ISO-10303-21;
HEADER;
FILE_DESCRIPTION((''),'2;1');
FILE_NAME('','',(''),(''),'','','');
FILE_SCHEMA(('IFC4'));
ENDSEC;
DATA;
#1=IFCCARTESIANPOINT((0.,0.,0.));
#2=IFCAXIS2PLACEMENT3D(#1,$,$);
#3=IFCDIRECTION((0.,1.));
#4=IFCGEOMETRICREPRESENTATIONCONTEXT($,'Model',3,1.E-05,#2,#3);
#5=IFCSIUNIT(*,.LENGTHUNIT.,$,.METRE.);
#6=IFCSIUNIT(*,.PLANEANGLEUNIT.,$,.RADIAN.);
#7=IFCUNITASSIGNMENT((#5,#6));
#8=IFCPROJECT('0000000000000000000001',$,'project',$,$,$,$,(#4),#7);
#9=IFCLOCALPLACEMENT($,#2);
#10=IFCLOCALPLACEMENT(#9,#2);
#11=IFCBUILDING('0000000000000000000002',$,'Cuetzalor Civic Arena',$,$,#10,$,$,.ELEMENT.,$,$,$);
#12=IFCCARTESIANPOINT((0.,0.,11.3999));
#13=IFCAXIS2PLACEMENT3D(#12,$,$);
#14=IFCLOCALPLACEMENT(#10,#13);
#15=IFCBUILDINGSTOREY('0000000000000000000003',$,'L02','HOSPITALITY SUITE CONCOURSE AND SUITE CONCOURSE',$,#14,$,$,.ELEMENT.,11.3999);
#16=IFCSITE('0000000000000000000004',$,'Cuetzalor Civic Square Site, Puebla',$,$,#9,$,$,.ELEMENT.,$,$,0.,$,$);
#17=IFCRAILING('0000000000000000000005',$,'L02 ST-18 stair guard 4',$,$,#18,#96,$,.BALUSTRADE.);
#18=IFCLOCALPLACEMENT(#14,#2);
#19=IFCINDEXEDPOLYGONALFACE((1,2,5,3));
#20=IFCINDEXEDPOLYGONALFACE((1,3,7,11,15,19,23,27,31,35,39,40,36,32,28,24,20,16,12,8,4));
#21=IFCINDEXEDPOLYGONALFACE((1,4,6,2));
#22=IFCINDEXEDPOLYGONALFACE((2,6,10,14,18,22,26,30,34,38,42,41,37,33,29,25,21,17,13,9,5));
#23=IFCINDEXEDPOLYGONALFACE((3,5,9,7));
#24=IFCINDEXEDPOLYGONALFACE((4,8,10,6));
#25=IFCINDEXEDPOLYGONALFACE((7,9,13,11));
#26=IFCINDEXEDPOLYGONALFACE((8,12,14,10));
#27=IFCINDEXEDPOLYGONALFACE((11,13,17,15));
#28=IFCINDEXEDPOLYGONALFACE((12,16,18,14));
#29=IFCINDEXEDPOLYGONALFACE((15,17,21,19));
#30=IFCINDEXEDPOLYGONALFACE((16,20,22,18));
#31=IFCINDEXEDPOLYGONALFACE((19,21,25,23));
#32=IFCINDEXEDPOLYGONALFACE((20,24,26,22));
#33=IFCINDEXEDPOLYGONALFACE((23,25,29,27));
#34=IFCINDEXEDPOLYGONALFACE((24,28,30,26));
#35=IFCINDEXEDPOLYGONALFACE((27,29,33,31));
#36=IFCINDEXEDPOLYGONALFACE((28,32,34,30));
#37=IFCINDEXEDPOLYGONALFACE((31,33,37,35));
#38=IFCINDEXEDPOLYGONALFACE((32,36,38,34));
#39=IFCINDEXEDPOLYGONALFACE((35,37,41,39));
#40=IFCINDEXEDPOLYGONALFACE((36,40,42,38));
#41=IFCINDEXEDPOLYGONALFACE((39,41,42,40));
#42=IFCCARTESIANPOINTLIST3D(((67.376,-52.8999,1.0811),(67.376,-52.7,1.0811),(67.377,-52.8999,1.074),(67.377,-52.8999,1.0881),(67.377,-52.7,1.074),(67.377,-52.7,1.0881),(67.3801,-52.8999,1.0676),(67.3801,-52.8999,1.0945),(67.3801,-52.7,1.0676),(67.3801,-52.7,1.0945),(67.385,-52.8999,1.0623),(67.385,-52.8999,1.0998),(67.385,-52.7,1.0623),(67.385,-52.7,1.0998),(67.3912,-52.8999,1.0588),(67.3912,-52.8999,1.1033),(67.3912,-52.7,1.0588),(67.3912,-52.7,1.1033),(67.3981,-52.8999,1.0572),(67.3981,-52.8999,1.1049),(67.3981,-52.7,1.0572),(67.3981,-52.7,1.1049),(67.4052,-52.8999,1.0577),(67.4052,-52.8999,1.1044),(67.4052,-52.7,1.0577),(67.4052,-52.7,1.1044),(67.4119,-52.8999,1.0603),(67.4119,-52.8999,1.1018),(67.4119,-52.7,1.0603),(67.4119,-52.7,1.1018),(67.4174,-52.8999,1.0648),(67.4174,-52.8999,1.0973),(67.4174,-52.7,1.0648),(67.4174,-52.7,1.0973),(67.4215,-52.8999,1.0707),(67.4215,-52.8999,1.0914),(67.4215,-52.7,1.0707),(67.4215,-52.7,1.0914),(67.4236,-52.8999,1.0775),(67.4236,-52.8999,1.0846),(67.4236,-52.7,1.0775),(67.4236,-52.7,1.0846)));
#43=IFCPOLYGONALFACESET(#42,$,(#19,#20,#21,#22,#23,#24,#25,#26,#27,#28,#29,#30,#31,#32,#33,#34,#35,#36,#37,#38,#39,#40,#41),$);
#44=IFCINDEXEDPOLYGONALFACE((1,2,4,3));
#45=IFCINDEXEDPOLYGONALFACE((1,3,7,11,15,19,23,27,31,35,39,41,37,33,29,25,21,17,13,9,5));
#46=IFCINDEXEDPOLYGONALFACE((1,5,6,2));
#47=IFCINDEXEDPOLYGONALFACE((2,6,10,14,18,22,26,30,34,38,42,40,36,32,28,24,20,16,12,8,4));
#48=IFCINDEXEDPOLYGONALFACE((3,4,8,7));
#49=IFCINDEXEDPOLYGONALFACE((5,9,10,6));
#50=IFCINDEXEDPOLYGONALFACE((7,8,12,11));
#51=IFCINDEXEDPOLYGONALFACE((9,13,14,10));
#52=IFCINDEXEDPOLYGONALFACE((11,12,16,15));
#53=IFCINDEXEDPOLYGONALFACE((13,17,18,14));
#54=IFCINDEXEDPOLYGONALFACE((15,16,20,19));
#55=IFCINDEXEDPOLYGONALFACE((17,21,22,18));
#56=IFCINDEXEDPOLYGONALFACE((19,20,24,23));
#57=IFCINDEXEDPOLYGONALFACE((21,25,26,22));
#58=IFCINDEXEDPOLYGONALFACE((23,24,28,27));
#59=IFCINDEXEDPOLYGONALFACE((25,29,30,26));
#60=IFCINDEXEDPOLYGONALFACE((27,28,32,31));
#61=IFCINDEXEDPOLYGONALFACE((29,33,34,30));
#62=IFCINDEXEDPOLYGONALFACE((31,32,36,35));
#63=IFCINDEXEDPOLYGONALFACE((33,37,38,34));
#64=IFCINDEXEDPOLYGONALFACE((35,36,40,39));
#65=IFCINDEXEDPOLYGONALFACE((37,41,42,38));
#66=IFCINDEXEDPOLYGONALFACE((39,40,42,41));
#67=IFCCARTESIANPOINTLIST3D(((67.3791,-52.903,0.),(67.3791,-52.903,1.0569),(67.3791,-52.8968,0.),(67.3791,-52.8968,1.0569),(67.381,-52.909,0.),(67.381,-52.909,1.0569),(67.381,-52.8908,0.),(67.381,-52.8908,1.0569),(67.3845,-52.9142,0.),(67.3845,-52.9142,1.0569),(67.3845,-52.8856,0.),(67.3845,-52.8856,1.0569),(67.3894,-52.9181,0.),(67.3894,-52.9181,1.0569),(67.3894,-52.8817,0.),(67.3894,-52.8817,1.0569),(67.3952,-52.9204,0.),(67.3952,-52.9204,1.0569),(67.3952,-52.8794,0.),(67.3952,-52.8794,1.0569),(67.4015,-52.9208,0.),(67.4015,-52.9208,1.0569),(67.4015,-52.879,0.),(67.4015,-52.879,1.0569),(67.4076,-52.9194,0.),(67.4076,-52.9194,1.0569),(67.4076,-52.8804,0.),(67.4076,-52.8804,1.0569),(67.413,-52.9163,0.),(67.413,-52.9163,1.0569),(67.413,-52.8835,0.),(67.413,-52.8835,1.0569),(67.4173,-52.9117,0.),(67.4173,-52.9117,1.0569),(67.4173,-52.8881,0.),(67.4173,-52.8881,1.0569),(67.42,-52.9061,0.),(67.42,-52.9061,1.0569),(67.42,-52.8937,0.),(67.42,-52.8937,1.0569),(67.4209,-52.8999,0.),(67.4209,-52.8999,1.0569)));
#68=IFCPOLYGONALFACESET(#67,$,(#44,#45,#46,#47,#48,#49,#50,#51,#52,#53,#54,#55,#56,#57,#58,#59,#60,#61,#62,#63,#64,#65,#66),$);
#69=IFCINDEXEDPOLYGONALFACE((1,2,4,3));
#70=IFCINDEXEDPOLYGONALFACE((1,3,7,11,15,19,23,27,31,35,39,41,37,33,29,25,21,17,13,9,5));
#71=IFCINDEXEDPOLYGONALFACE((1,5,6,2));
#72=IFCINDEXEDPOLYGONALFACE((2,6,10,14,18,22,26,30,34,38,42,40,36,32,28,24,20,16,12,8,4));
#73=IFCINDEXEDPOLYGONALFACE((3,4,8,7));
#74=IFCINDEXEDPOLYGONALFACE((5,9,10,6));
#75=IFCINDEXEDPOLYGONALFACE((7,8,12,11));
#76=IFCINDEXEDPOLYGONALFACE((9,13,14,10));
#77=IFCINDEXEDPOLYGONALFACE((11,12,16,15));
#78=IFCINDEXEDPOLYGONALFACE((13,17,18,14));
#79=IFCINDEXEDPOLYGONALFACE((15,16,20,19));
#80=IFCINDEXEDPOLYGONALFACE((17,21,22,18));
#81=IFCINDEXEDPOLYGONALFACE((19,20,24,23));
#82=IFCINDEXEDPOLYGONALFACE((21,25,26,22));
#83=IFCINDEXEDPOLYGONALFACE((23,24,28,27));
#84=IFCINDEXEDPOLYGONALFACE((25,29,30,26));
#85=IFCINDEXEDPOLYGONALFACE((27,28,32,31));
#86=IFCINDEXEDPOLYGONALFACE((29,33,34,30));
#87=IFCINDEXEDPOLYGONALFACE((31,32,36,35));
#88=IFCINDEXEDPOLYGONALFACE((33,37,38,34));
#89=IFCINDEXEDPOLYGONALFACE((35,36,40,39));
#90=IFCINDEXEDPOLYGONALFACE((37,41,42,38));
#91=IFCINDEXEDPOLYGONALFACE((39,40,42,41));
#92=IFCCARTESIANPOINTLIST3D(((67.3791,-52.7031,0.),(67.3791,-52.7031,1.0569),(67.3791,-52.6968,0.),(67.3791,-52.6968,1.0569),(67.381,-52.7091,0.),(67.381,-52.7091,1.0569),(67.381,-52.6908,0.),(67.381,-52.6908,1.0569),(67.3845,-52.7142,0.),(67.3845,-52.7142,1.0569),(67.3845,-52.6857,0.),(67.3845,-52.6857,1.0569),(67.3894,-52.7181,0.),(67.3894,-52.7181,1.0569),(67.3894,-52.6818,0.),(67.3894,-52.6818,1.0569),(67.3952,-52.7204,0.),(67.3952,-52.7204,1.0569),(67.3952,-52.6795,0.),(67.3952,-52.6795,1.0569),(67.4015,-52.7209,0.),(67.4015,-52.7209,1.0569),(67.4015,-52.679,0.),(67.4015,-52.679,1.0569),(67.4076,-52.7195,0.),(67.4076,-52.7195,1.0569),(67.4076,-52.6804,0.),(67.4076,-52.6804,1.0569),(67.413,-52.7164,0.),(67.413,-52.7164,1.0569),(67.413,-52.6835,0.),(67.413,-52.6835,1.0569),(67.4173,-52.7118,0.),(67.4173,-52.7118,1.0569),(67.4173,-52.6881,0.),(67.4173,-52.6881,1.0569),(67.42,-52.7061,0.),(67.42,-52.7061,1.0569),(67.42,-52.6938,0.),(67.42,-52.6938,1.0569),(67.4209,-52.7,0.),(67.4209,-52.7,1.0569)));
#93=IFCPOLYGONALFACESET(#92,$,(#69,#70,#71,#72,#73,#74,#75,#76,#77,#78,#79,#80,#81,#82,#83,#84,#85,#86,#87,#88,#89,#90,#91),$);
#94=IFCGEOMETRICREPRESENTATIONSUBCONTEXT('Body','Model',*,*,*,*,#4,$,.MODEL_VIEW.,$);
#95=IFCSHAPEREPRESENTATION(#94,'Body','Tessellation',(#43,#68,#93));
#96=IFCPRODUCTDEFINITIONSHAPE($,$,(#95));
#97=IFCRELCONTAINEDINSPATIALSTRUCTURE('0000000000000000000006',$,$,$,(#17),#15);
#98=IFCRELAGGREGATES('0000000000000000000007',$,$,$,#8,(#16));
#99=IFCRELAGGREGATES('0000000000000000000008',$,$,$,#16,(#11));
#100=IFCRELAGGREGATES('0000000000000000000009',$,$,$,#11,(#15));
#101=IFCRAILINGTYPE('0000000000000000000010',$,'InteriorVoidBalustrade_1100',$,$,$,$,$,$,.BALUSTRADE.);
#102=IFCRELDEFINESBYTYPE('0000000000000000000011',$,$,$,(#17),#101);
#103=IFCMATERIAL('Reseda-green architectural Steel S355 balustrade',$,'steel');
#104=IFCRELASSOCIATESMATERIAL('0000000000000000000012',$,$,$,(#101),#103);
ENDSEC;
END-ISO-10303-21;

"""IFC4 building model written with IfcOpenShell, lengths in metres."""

from ifc_helpers import new_model, si_unit, direction, frame, origin, origin_2d, place, context, subcontext, project, spatial, circle, extrude, material, type_object, element, save


model = new_model("IFC4")

# Units and contexts
model_context = context("Model", 3, precision=1e-05, world=origin(), true_north=direction((0.0, 1.0)))
body_context = subcontext(model_context, "Body", "Model", "MODEL_VIEW")
ifc_project = project(units=[si_unit("LENGTHUNIT", "METRE"), si_unit("PLANEANGLEUNIT", "RADIAN")], contexts=[model_context])

# Site, building, storey
site_placement = place(None, origin())
site = spatial("IfcSite", under=ifc_project, at=site_placement, Name="Cuetzalor Civic Square Site, Puebla", CompositionType="ELEMENT", RefElevation=0.0)
building_placement = place(site_placement, origin())
building = spatial("IfcBuilding", under=site, at=building_placement, Name="Cuetzalor Civic Arena", CompositionType="ELEMENT")
storey_placement = place(building_placement, frame((0.0, 0.0, 11.3999)))
storey = spatial("IfcBuildingStorey", under=building, at=storey_placement, Name="L02", Description="HOSPITALITY SUITE CONCOURSE AND SUITE CONCOURSE", CompositionType="ELEMENT", Elevation=11.3999)

# Railing
ifc_material_1 = material(Name="Reseda-green architectural Steel S355 balustrade", Category="steel")
railing_type_1 = type_object("IfcRailingType", Name="InteriorVoidBalustrade_1100", PredefinedType="BALUSTRADE", material=ifc_material_1)
railing_1_placement = place(storey_placement, frame((67.3999, -52.8999, 0.0)))
element("IfcRailing", 1, at=railing_1_placement, inside=storey, type_object=railing_type_1, Name="L02 ST-18 stair guard 4", PredefinedType="BALUSTRADE", context=body_context, shape_type="SweptSolid", body=[
    extrude(circle(Radius=0.0239, at=origin_2d()), frame((0.0, 0.0, 1.0811), z_axis=(0.0, 1.0, 0.0), x_axis=(-1.0, 0.0, 0.0)), (0.0, 0.0, 1.0), 0.2),
    extrude(circle(Radius=0.021, at=origin_2d()), origin(), (0.0, 0.0, 1.0), 1.0569),
    extrude(circle(Radius=0.021, at=origin_2d()), frame((0.0, 0.2, 0.0)), (0.0, 0.0, 1.0), 1.0569),
])

save(model, "model.ifc")
